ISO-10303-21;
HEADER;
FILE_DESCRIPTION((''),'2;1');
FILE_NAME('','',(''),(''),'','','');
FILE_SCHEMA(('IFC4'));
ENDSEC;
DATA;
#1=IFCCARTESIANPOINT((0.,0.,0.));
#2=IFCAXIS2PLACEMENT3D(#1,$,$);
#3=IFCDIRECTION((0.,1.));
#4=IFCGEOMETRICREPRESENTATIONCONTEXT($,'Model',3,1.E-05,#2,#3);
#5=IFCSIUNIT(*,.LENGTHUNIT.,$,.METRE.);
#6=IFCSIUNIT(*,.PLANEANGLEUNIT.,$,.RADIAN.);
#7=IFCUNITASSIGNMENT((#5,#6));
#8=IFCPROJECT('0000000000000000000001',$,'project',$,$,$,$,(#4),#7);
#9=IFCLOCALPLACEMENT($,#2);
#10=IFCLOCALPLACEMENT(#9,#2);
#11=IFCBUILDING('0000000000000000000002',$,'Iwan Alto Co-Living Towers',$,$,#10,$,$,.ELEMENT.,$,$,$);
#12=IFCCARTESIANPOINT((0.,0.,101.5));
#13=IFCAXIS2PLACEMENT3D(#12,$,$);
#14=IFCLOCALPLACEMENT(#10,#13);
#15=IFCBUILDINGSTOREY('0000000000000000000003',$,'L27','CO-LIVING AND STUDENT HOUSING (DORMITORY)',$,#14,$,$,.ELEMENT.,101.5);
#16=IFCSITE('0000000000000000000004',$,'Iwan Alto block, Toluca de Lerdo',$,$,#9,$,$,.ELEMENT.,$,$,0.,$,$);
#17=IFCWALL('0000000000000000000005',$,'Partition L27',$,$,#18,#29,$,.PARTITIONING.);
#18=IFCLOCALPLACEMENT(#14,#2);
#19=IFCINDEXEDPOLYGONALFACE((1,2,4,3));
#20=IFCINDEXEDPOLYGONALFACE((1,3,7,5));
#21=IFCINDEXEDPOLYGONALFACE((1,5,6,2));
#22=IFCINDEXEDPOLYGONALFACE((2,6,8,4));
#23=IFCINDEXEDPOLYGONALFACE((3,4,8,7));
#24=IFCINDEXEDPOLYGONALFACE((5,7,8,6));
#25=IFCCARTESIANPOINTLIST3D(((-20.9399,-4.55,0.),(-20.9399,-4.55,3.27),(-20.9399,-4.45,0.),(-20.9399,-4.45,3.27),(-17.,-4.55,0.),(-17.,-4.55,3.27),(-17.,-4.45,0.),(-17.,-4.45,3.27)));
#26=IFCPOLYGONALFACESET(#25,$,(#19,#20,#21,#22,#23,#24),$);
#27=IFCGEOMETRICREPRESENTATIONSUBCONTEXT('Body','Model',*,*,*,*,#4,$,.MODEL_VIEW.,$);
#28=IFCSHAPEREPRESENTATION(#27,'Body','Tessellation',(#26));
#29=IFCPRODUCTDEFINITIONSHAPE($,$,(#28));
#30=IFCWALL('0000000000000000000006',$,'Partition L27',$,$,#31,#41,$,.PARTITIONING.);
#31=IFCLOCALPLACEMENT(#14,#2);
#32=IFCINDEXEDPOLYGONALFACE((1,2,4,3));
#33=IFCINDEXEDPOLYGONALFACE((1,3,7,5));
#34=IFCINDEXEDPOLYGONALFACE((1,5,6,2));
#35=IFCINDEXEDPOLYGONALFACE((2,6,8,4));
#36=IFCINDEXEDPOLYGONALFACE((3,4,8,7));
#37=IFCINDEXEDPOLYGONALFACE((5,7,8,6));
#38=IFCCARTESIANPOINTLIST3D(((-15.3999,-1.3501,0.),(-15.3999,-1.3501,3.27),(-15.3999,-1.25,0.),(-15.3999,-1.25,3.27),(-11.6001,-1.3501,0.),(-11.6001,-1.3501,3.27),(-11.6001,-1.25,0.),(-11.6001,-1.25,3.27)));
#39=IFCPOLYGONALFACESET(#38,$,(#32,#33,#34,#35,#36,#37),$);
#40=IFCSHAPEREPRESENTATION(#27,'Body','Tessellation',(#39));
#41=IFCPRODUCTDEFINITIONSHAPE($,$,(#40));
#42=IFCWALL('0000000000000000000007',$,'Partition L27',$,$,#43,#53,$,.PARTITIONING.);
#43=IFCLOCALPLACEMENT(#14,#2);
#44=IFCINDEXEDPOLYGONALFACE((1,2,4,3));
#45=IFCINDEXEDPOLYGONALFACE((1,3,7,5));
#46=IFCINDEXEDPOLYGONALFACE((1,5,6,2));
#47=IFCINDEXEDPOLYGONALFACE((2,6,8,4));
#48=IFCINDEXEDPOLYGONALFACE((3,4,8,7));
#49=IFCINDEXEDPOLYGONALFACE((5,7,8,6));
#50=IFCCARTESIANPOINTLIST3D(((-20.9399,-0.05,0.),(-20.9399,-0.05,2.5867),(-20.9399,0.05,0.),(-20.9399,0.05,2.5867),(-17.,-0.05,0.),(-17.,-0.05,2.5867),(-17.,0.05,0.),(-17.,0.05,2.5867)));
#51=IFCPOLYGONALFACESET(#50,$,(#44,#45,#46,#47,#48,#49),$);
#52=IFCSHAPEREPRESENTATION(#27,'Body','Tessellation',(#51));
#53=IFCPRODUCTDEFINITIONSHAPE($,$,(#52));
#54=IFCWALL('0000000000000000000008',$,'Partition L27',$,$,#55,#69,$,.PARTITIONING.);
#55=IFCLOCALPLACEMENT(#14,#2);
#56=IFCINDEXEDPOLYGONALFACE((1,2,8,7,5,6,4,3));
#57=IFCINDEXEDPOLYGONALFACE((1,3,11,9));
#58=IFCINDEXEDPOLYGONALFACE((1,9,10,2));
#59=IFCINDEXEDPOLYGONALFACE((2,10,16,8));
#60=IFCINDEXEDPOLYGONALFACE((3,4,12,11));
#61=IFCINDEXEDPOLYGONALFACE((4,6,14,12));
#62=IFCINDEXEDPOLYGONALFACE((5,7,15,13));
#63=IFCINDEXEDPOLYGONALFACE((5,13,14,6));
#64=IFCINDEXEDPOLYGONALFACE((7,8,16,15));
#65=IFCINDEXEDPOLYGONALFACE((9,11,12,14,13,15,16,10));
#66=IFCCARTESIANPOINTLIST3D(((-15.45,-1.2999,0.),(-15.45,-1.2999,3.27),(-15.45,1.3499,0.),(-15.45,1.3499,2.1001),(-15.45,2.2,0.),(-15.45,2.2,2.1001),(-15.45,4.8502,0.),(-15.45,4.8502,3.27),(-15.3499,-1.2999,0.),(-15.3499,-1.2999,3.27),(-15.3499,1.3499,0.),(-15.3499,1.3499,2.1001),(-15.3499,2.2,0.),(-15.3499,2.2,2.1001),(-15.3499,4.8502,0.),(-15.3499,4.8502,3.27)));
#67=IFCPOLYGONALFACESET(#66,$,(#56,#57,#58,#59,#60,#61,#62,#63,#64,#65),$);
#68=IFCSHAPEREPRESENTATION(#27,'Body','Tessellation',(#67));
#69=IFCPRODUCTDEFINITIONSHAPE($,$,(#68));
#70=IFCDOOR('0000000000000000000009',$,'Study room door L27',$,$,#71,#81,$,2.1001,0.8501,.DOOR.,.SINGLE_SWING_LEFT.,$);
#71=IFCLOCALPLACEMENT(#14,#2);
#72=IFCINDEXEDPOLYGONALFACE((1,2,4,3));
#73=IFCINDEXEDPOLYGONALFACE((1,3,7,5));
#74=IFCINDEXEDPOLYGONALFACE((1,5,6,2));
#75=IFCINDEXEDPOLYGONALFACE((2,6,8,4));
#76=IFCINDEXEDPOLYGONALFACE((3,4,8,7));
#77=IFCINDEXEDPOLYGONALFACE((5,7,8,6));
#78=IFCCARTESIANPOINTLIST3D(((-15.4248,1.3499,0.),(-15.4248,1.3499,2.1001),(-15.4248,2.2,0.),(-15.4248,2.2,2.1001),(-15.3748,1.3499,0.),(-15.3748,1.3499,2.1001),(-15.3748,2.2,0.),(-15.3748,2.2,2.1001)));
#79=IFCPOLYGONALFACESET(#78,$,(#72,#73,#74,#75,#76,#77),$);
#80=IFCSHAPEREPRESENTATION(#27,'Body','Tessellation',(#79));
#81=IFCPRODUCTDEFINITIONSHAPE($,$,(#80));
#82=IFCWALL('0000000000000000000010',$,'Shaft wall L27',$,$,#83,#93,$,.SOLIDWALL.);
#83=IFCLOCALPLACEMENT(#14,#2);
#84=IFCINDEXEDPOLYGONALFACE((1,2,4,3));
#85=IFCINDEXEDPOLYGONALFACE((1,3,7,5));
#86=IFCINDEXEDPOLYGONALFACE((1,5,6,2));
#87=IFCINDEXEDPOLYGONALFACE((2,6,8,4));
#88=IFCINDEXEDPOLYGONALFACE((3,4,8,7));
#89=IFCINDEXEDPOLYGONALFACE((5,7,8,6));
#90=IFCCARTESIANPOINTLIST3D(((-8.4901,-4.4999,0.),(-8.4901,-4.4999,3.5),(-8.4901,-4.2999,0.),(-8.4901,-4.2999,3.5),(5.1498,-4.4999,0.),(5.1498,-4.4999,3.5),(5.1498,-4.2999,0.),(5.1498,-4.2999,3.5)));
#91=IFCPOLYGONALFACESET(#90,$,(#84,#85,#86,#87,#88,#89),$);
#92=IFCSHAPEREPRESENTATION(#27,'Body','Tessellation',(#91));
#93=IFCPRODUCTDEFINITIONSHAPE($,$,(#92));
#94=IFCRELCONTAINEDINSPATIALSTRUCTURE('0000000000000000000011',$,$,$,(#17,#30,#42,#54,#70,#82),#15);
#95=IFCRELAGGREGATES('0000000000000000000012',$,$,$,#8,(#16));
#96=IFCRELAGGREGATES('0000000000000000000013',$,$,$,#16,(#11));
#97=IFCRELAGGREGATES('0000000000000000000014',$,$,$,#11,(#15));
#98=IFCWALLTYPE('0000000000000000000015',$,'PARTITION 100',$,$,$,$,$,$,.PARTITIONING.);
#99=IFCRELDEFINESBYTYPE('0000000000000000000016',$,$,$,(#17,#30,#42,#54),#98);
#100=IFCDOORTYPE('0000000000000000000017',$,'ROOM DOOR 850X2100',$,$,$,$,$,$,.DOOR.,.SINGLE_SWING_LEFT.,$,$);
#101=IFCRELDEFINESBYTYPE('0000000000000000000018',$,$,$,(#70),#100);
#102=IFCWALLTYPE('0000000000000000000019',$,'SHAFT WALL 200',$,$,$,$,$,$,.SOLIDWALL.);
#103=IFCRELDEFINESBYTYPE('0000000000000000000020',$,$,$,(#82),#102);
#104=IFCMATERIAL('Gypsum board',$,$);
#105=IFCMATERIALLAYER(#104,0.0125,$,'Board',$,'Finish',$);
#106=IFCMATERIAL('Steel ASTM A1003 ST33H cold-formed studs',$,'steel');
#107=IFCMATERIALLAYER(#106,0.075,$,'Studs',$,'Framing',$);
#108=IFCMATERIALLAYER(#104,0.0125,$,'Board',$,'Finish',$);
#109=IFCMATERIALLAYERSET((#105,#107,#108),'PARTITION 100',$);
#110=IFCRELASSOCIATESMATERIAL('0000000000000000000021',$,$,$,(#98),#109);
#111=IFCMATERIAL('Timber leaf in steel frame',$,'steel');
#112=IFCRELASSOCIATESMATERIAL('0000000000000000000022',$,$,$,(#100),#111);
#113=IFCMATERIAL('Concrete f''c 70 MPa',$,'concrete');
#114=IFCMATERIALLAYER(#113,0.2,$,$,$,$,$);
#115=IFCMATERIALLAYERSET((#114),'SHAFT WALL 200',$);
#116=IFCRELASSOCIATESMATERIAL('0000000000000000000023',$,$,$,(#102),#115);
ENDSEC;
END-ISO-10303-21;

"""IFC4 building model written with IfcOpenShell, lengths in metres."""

from ifc_helpers import new_model, si_unit, direction, frame, frame_2d, origin, place, context, subcontext, project, spatial, rectangle, extrude, material, layer, layer_set, type_object, element, fill, save


model = new_model("IFC4")

# Units and contexts
model_context = context("Model", 3, precision=1e-05, world=origin(), true_north=direction((0.0, 1.0)))
body_context = subcontext(model_context, "Body", "Model", "MODEL_VIEW")
ifc_project = project(units=[si_unit("LENGTHUNIT", "METRE"), si_unit("PLANEANGLEUNIT", "RADIAN")], contexts=[model_context])

# Site, building, storey
site_placement = place(None, origin())
site = spatial("IfcSite", under=ifc_project, at=site_placement, Name="Iwan Alto block, Toluca de Lerdo", CompositionType="ELEMENT", RefElevation=0.0)
building_placement = place(site_placement, origin())
building = spatial("IfcBuilding", under=site, at=building_placement, Name="Iwan Alto Co-Living Towers", CompositionType="ELEMENT")
storey_placement = place(building_placement, frame((0.0, 0.0, 101.5)))
storey = spatial("IfcBuildingStorey", under=building, at=storey_placement, Name="L27", Description="CO-LIVING AND STUDENT HOUSING (DORMITORY)", CompositionType="ELEMENT", Elevation=101.5)

# Walls
ifc_material_1 = material(Name="Gypsum board")
ifc_layer_1 = layer(ifc_material_1, 0.0125, Name="Board", Category="Finish")
ifc_material_2 = material(Name="Steel ASTM A1003 ST33H cold-formed studs", Category="steel")
ifc_layer_2 = layer(ifc_material_2, 0.075, Name="Studs", Category="Framing")
ifc_layer_3 = layer(ifc_material_1, 0.0125, Name="Board", Category="Finish")
ifc_layer_set_1 = layer_set([ifc_layer_1, ifc_layer_2, ifc_layer_3], Name="PARTITION 100")
wall_type_1 = type_object("IfcWallType", Name="PARTITION 100", PredefinedType="PARTITIONING", material=ifc_layer_set_1)
wall_1_placement = place(storey_placement, frame((-20.9399, -4.5, 0.0), z_axis=(0.0, 0.0, 1.0), x_axis=(1.0, 0.0, 0.0)))
element("IfcWall", 1, at=wall_1_placement, inside=storey, type_object=wall_type_1, Name="Partition L27", PredefinedType="PARTITIONING", context=body_context, shape_type="SweptSolid", body=[
    extrude(rectangle(XDim=3.9399, YDim=0.1001, at=frame_2d((1.97, 0.0))), origin(), (0.0, 0.0, 1.0), 3.27),
])
wall_2_placement = place(storey_placement, frame((-15.3999, -1.3, 0.0), z_axis=(0.0, 0.0, 1.0), x_axis=(1.0, 0.0, 0.0)))
element("IfcWall", 2, at=wall_2_placement, inside=storey, type_object=wall_type_1, Name="Partition L27", PredefinedType="PARTITIONING", context=body_context, shape_type="SweptSolid", body=[
    extrude(rectangle(XDim=3.7998, YDim=0.1001, at=frame_2d((1.8999, 0.0))), origin(), (0.0, 0.0, 1.0), 3.27),
])
wall_3_placement = place(storey_placement, frame((-20.9399, 0.0, 0.0), z_axis=(0.0, 0.0, 1.0), x_axis=(1.0, 0.0, 0.0)))
element("IfcWall", 3, at=wall_3_placement, inside=storey, type_object=wall_type_1, Name="Partition L27", PredefinedType="PARTITIONING", context=body_context, shape_type="SweptSolid", body=[
    extrude(rectangle(XDim=3.9399, YDim=0.1001, at=frame_2d((1.97, 0.0))), origin(), (0.0, 0.0, 1.0), 2.5867),
])

# Wall, opening, door
wall_4_placement = place(storey_placement, frame((-15.3999, -1.3, 0.0), z_axis=(0.0, 0.0, 1.0), x_axis=(0.0, 1.0, 0.0)))
wall_4 = element("IfcWall", 4, at=wall_4_placement, inside=storey, type_object=wall_type_1, Name="Partition L27", PredefinedType="PARTITIONING", context=body_context, shape_type="SweptSolid", body=[
    extrude(rectangle(XDim=6.1501, YDim=0.1001, at=frame_2d((3.0752, 0.0))), origin(), (0.0, 0.0, 1.0), 3.27),
])
opening_1_placement = place(wall_4_placement, frame((2.6499, 0.0, 0.0)))
opening_1 = element("IfcOpeningElement", 5, at=opening_1_placement, cuts=wall_4, PredefinedType="OPENING", context=body_context, shape_type="SweptSolid", body=[
    extrude(rectangle(XDim=0.8501, YDim=2.1001, at=frame_2d((0.425, 1.05))), frame((0.0, 0.0601, 0.0), z_axis=(0.0, -1.0, 0.0), x_axis=(1.0, 0.0, 0.0)), (0.0, 0.0, 1.0), 0.1201),
])
ifc_material_3 = material(Name="Timber leaf in steel frame", Category="steel")
door_type_1 = type_object("IfcDoorType", Name="ROOM DOOR 850X2100", OperationType="SINGLE_SWING_LEFT", PredefinedType="DOOR", material=ifc_material_3)
door_1_placement = place(opening_1_placement, origin())
door_1 = element("IfcDoor", 6, at=door_1_placement, inside=storey, type_object=door_type_1, Name="Study room door L27", OperationType="SINGLE_SWING_LEFT", OverallHeight=2.1001, OverallWidth=0.8501, PredefinedType="DOOR", context=body_context, shape_type="SweptSolid", body=[
    extrude(rectangle(XDim=0.8501, YDim=2.1001, at=frame_2d((0.425, 1.05))), frame((0.0, 0.0249, 0.0), z_axis=(0.0, -1.0, 0.0), x_axis=(1.0, 0.0, 0.0)), (0.0, 0.0, 1.0), 0.05),
])
fill(opening_1, door_1)

# Wall
ifc_material_4 = material(Name="Concrete f'c 70 MPa", Category="concrete")
ifc_layer_4 = layer(ifc_material_4, 0.2)
ifc_layer_set_2 = layer_set([ifc_layer_4], Name="SHAFT WALL 200")
wall_type_2 = type_object("IfcWallType", Name="SHAFT WALL 200", PredefinedType="SOLIDWALL", material=ifc_layer_set_2)
wall_5_placement = place(storey_placement, frame((-8.49, -4.3999, 0.0), z_axis=(0.0, 0.0, 1.0), x_axis=(1.0, 0.0, 0.0)))
element("IfcWall", 7, at=wall_5_placement, inside=storey, type_object=wall_type_2, Name="Shaft wall L27", PredefinedType="SOLIDWALL", context=body_context, shape_type="SweptSolid", body=[
    extrude(rectangle(XDim=13.6399, YDim=0.2, at=frame_2d((6.8198, 0.0))), origin(), (0.0, 0.0, 1.0), 3.5),
])

save(model, "model.ifc")
